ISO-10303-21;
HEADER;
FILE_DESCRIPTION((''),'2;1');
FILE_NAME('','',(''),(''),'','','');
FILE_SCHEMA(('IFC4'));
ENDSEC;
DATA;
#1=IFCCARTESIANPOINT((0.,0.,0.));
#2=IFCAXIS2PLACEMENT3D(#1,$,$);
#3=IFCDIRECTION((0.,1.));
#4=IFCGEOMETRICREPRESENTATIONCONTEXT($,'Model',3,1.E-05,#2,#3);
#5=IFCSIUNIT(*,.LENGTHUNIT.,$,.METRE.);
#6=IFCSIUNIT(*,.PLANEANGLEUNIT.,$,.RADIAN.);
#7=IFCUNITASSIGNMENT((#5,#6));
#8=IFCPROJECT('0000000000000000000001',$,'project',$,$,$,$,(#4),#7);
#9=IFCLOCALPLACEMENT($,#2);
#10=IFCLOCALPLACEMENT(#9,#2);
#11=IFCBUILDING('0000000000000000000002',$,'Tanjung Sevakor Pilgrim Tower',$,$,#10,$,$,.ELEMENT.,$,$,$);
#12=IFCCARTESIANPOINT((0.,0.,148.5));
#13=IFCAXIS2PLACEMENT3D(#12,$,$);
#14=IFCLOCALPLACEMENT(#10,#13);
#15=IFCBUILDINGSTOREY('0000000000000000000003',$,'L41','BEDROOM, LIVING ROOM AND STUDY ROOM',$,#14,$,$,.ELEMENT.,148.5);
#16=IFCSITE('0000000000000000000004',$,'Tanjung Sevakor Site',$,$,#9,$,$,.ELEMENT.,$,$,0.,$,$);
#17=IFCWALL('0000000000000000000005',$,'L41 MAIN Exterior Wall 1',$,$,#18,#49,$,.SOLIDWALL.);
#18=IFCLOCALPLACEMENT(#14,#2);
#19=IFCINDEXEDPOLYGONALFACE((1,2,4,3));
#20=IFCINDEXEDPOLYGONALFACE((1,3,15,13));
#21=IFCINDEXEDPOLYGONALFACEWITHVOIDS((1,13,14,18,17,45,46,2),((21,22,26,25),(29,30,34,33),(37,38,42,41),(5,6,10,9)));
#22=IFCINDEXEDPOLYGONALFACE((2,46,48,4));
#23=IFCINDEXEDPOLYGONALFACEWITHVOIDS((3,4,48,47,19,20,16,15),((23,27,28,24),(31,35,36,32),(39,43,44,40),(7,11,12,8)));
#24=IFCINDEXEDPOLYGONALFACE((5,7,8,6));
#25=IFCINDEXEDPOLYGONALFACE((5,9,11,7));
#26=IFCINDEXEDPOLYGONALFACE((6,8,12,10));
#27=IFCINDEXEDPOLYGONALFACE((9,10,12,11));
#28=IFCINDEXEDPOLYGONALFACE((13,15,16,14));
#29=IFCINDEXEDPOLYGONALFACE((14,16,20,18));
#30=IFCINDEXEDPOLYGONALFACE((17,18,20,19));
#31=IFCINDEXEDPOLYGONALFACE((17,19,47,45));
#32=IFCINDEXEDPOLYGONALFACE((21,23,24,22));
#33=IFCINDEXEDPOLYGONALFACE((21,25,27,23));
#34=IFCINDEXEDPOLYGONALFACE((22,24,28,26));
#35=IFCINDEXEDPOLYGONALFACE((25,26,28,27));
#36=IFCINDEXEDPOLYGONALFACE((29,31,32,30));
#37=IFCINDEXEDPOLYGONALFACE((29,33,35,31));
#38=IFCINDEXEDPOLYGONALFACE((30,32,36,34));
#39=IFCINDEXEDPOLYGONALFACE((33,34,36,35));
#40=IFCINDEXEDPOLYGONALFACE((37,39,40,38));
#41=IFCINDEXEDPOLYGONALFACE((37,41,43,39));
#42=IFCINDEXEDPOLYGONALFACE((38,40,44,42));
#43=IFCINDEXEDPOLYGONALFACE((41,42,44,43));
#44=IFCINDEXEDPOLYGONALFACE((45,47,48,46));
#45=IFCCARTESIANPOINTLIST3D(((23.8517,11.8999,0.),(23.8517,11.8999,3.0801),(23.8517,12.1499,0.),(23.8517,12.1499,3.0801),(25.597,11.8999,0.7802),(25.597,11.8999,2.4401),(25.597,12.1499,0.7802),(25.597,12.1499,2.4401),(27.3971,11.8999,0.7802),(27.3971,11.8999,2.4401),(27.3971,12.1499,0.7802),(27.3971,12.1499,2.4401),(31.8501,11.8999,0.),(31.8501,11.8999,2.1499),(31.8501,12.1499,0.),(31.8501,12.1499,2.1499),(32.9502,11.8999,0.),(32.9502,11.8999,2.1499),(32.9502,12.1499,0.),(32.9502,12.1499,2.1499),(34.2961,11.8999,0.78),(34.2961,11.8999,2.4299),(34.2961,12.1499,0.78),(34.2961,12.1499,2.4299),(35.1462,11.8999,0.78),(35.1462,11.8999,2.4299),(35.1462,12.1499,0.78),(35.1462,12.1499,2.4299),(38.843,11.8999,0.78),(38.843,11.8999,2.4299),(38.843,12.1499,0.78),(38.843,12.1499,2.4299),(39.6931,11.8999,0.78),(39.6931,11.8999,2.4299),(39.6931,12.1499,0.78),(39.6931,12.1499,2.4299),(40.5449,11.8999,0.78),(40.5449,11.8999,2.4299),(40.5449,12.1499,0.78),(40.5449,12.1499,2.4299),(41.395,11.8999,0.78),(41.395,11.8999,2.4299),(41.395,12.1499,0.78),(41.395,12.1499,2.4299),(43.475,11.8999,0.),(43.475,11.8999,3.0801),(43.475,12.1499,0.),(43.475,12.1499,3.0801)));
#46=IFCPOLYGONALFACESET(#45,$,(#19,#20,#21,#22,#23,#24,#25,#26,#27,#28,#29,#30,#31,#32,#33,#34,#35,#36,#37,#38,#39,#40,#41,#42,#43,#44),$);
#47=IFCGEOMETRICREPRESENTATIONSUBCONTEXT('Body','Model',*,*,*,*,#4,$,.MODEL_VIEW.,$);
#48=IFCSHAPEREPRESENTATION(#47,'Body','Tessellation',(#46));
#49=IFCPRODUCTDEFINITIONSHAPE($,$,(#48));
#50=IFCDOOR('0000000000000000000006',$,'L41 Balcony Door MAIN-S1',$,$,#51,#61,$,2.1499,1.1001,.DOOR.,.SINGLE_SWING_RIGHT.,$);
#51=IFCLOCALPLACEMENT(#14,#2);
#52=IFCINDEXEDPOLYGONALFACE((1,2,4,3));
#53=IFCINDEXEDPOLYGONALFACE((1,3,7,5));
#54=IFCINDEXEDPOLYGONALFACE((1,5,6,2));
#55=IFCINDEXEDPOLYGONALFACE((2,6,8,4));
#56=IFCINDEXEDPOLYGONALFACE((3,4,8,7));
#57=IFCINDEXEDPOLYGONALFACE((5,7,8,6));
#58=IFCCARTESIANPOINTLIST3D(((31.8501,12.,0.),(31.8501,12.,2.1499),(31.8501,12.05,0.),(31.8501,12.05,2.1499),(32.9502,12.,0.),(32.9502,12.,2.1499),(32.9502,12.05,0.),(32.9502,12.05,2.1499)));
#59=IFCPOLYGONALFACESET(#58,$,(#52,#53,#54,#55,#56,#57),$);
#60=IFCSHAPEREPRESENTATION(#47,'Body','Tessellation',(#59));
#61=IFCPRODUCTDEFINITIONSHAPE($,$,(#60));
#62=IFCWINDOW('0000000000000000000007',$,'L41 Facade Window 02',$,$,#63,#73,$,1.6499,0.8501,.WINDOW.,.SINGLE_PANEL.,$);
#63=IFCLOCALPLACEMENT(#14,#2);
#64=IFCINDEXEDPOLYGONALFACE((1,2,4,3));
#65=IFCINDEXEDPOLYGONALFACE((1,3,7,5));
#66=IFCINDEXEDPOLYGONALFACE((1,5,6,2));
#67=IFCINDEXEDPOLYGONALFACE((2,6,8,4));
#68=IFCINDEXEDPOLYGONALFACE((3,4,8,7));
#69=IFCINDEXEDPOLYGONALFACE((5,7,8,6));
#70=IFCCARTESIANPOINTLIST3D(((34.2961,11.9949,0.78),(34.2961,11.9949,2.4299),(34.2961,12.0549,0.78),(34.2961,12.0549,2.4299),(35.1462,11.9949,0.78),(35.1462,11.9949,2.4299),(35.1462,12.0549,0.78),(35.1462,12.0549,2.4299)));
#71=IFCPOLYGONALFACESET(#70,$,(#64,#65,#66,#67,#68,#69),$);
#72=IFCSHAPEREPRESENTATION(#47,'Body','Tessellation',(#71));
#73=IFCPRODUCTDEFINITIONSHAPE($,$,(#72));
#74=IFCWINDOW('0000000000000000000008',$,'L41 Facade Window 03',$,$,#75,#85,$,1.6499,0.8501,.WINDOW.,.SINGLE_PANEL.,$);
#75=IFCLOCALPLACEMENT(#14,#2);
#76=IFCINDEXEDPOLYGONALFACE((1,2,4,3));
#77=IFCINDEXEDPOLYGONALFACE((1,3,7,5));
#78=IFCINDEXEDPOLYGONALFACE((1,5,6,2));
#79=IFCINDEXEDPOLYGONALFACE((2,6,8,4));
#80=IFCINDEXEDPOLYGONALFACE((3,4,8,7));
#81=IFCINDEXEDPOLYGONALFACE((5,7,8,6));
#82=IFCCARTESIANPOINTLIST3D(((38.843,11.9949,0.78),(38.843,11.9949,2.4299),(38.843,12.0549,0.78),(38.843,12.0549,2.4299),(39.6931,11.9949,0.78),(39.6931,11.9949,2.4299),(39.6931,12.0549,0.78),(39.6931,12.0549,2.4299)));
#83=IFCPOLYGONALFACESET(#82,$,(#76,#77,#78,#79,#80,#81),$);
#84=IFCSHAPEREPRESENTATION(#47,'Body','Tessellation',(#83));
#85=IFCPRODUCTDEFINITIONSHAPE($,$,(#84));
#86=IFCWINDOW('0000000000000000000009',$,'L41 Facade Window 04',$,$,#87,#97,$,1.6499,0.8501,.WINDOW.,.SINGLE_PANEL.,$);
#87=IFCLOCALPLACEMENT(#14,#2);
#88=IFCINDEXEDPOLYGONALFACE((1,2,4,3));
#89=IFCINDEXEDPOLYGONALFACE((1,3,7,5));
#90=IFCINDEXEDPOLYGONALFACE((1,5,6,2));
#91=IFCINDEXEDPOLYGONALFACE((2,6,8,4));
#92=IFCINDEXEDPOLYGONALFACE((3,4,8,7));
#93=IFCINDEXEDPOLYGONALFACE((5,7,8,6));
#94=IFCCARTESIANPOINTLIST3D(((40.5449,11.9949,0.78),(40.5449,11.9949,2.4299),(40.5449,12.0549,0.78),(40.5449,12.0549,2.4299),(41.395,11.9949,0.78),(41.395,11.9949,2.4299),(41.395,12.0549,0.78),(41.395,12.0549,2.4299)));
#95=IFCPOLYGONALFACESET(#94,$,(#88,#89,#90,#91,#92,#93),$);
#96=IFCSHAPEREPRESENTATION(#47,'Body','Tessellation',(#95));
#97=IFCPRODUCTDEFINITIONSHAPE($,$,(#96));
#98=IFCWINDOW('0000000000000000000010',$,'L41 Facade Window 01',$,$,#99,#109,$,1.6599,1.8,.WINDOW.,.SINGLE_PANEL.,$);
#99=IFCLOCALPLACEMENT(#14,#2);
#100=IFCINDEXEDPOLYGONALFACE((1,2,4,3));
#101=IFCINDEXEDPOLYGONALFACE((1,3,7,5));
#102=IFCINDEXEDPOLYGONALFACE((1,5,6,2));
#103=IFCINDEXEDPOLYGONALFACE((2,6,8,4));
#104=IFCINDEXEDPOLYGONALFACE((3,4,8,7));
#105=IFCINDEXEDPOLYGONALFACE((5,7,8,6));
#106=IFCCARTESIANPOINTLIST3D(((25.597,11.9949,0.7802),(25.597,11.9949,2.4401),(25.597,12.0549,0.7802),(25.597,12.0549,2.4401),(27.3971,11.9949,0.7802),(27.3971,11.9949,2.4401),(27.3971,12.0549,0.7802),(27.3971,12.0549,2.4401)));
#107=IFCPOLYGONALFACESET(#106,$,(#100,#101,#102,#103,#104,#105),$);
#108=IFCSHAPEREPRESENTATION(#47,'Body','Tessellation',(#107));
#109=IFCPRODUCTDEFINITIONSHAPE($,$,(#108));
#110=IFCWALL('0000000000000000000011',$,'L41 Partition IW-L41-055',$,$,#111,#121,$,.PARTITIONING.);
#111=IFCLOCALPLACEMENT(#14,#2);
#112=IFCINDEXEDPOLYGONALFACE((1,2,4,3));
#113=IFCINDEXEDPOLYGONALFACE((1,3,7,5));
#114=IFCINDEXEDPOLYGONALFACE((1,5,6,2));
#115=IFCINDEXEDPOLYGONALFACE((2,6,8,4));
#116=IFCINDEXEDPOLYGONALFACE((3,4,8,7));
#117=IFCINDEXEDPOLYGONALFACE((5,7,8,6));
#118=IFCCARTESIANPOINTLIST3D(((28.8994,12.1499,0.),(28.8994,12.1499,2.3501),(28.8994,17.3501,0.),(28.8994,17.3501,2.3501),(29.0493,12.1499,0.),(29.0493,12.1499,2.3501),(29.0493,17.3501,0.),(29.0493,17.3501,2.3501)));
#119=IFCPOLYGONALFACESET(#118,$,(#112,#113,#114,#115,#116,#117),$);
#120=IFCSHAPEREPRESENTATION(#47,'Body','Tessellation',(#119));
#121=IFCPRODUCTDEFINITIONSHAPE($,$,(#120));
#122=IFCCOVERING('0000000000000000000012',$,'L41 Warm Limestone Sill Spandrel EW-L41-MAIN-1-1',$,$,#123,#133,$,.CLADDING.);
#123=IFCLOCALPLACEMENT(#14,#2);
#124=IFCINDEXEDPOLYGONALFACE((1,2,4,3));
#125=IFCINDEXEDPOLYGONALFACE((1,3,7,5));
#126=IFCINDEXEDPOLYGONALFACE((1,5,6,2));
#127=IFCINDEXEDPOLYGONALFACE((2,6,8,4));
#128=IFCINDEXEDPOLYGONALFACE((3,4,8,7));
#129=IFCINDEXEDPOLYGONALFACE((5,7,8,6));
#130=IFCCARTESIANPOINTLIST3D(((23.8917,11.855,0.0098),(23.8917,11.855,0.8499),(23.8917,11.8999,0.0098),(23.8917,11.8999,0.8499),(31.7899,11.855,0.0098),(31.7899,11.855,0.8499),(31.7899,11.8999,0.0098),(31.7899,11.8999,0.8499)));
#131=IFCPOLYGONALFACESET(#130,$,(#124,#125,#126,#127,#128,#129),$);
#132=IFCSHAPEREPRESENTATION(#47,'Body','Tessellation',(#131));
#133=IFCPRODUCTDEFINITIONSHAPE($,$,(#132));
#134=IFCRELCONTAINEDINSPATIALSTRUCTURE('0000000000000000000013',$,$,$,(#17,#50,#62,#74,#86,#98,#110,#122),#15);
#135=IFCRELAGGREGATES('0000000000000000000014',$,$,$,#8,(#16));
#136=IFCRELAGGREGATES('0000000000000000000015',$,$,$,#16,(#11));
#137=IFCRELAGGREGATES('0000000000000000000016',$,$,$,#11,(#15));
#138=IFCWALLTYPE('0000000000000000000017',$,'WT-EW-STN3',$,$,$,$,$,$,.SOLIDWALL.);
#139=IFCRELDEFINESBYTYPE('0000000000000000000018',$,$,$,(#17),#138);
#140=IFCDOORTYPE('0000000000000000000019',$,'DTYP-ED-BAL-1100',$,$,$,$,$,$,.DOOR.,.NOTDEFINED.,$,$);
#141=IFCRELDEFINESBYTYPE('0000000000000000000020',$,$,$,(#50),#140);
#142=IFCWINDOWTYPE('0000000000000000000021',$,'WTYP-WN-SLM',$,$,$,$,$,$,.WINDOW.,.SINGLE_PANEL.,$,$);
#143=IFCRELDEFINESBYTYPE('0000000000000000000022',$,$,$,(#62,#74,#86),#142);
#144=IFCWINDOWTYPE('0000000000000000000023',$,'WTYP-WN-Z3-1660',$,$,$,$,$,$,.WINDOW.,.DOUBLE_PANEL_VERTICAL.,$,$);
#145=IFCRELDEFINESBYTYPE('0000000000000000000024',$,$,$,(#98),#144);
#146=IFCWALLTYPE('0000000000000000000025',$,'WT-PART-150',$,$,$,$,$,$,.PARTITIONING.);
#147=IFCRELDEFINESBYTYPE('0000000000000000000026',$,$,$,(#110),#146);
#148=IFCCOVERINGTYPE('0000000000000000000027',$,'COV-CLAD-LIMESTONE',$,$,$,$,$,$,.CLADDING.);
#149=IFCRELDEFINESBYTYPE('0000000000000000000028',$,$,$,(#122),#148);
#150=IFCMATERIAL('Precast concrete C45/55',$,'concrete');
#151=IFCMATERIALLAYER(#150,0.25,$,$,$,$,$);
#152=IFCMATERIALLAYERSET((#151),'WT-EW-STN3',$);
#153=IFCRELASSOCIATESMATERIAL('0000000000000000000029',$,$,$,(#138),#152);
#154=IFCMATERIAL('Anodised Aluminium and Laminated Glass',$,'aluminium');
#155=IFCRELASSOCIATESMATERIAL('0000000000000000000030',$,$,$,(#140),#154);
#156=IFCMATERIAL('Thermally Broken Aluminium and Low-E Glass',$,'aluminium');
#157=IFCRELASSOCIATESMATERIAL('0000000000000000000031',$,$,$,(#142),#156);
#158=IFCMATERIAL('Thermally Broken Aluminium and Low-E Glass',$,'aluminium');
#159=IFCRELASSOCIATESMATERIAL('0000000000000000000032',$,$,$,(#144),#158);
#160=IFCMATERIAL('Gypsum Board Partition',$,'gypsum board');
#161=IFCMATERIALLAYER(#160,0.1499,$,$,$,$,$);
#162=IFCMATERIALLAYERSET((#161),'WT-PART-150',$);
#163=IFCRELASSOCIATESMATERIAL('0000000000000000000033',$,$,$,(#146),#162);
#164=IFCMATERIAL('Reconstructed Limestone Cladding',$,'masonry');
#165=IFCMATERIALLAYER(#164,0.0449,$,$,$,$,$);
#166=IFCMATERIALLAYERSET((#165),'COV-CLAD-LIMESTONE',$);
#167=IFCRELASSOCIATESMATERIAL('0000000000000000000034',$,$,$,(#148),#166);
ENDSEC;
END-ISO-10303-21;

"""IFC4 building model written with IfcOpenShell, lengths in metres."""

from ifc_helpers import new_model, si_unit, direction, frame, frame_2d, origin, origin_2d, place, context, subcontext, project, spatial, rectangle, extrude, material, layer, layer_set, type_object, element, fill, save


model = new_model("IFC4")

# Units and contexts
model_context = context("Model", 3, precision=1e-05, world=origin(), true_north=direction((0.0, 1.0)))
body_context = subcontext(model_context, "Body", "Model", "MODEL_VIEW")
ifc_project = project(units=[si_unit("LENGTHUNIT", "METRE"), si_unit("PLANEANGLEUNIT", "RADIAN")], contexts=[model_context])

# Site, building, storey
site_placement = place(None, origin())
site = spatial("IfcSite", under=ifc_project, at=site_placement, Name="Tanjung Sevakor Site", CompositionType="ELEMENT", RefElevation=0.0)
building_placement = place(site_placement, origin())
building = spatial("IfcBuilding", under=site, at=building_placement, Name="Tanjung Sevakor Pilgrim Tower", CompositionType="ELEMENT")
storey_placement = place(building_placement, frame((0.0, 0.0, 148.5)))
storey = spatial("IfcBuildingStorey", under=building, at=storey_placement, Name="L41", Description="BEDROOM, LIVING ROOM AND STUDY ROOM", CompositionType="ELEMENT", Elevation=148.5)

# Wall, openings, door, windows
ifc_material_1 = material(Name="Precast concrete C45/55", Category="concrete")
ifc_layer_1 = layer(ifc_material_1, 0.25)
ifc_layer_set_1 = layer_set([ifc_layer_1], Name="WT-EW-STN3")
wall_type_1 = type_object("IfcWallType", Name="WT-EW-STN3", PredefinedType="SOLIDWALL", material=ifc_layer_set_1)
wall_1_placement = place(storey_placement, frame((23.8518, 12.0249, 0.0), z_axis=(0.0, 0.0, 1.0), x_axis=(1.0, 0.0, 0.0)))
wall_1 = element("IfcWall", 1, at=wall_1_placement, inside=storey, type_object=wall_type_1, Name="L41 MAIN Exterior Wall 1", PredefinedType="SOLIDWALL", context=body_context, shape_type="SweptSolid", body=[
    extrude(rectangle(XDim=19.6233, YDim=0.25, at=frame_2d((9.8115, 0.0))), origin(), (0.0, 0.0, 1.0), 3.0801),
])
opening_1_placement = place(wall_1_placement, frame((7.9983, 0.0, 0.0)))
opening_1 = element("IfcOpeningElement", 2, at=opening_1_placement, cuts=wall_1, PredefinedType="OPENING", context=body_context, shape_type="SweptSolid", body=[
    extrude(rectangle(XDim=1.1001, YDim=2.1499, at=frame_2d((0.55, 1.075))), frame((0.0, 0.135, 0.0), z_axis=(0.0, -1.0, 0.0), x_axis=(1.0, 0.0, 0.0)), (0.0, 0.0, 1.0), 0.27),
])
opening_2_placement = place(wall_1_placement, frame((1.7454, 0.0, 0.78)))
opening_2 = element("IfcOpeningElement", 3, at=opening_2_placement, cuts=wall_1, PredefinedType="OPENING", context=body_context, shape_type="SweptSolid", body=[
    extrude(rectangle(XDim=1.8, YDim=1.6599, at=frame_2d((0.8999, 0.8301))), frame((0.0, 0.135, 0.0), z_axis=(0.0, -1.0, 0.0), x_axis=(1.0, 0.0, 0.0)), (0.0, 0.0, 1.0), 0.27),
])
opening_3_placement = place(wall_1_placement, frame((10.4443, 0.0, 0.78)))
opening_3 = element("IfcOpeningElement", 4, at=opening_3_placement, cuts=wall_1, PredefinedType="OPENING", context=body_context, shape_type="SweptSolid", body=[
    extrude(rectangle(XDim=0.8501, YDim=1.6499, at=frame_2d((0.425, 0.825))), frame((0.0, 0.135, 0.0), z_axis=(0.0, -1.0, 0.0), x_axis=(1.0, 0.0, 0.0)), (0.0, 0.0, 1.0), 0.27),
])
opening_4_placement = place(wall_1_placement, frame((14.9912, 0.0, 0.78)))
opening_4 = element("IfcOpeningElement", 5, at=opening_4_placement, cuts=wall_1, PredefinedType="OPENING", context=body_context, shape_type="SweptSolid", body=[
    extrude(rectangle(XDim=0.8501, YDim=1.6499, at=frame_2d((0.425, 0.825))), frame((0.0, 0.135, 0.0), z_axis=(0.0, -1.0, 0.0), x_axis=(1.0, 0.0, 0.0)), (0.0, 0.0, 1.0), 0.27),
])
opening_5_placement = place(wall_1_placement, frame((16.6931, 0.0, 0.78)))
opening_5 = element("IfcOpeningElement", 6, at=opening_5_placement, cuts=wall_1, PredefinedType="OPENING", context=body_context, shape_type="SweptSolid", body=[
    extrude(rectangle(XDim=0.8501, YDim=1.6499, at=frame_2d((0.425, 0.825))), frame((0.0, 0.135, 0.0), z_axis=(0.0, -1.0, 0.0), x_axis=(1.0, 0.0, 0.0)), (0.0, 0.0, 1.0), 0.27),
])
ifc_material_2 = material(Name="Anodised Aluminium and Laminated Glass", Category="aluminium")
door_type = type_object("IfcDoorType", Name="DTYP-ED-BAL-1100", OperationType="NOTDEFINED", PredefinedType="DOOR", material=ifc_material_2)
door_placement = place(opening_1_placement, frame((1.1001, 0.0, 0.0), z_axis=(0.0, 0.0, 1.0), x_axis=(-1.0, 0.0, 0.0)))
door = element("IfcDoor", 7, at=door_placement, inside=storey, type_object=door_type, Name="L41 Balcony Door MAIN-S1", OperationType="SINGLE_SWING_RIGHT", OverallHeight=2.1499, OverallWidth=1.1001, PredefinedType="DOOR", context=body_context, shape_type="SweptSolid", body=[
    extrude(rectangle(XDim=1.1001, YDim=2.1499, at=frame_2d((0.55, 1.075))), frame((0.0, 0.0249, 0.0), z_axis=(0.0, -1.0, 0.0), x_axis=(1.0, 0.0, 0.0)), (0.0, 0.0, 1.0), 0.05),
])
fill(opening_1, door)
ifc_material_3 = material(Name="Thermally Broken Aluminium and Low-E Glass", Category="aluminium")
window_type_1 = type_object("IfcWindowType", Name="WTYP-WN-SLM", PartitioningType="SINGLE_PANEL", PredefinedType="WINDOW", material=ifc_material_3)
window_1_placement = place(opening_3_placement, origin())
window_1 = element("IfcWindow", 8, at=window_1_placement, inside=storey, type_object=window_type_1, Name="L41 Facade Window 02", OverallHeight=1.6499, OverallWidth=0.8501, PartitioningType="SINGLE_PANEL", PredefinedType="WINDOW", context=body_context, shape_type="SweptSolid", body=[
    extrude(rectangle(XDim=0.8501, YDim=1.6499, at=frame_2d((0.425, 0.825))), frame((0.0, 0.03, 0.0), z_axis=(0.0, -1.0, 0.0), x_axis=(1.0, 0.0, 0.0)), (0.0, 0.0, 1.0), 0.0601),
])
fill(opening_3, window_1)
window_2_placement = place(opening_4_placement, origin())
window_2 = element("IfcWindow", 9, at=window_2_placement, inside=storey, type_object=window_type_1, Name="L41 Facade Window 03", OverallHeight=1.6499, OverallWidth=0.8501, PartitioningType="SINGLE_PANEL", PredefinedType="WINDOW", context=body_context, shape_type="SweptSolid", body=[
    extrude(rectangle(XDim=0.8501, YDim=1.6499, at=frame_2d((0.425, 0.825))), frame((0.0, 0.03, 0.0), z_axis=(0.0, -1.0, 0.0), x_axis=(1.0, 0.0, 0.0)), (0.0, 0.0, 1.0), 0.0601),
])
fill(opening_4, window_2)
window_3_placement = place(opening_5_placement, origin())
window_3 = element("IfcWindow", 10, at=window_3_placement, inside=storey, type_object=window_type_1, Name="L41 Facade Window 04", OverallHeight=1.6499, OverallWidth=0.8501, PartitioningType="SINGLE_PANEL", PredefinedType="WINDOW", context=body_context, shape_type="SweptSolid", body=[
    extrude(rectangle(XDim=0.8501, YDim=1.6499, at=frame_2d((0.425, 0.825))), frame((0.0, 0.03, 0.0), z_axis=(0.0, -1.0, 0.0), x_axis=(1.0, 0.0, 0.0)), (0.0, 0.0, 1.0), 0.0601),
])
fill(opening_5, window_3)
ifc_material_4 = material(Name="Thermally Broken Aluminium and Low-E Glass", Category="aluminium")
window_type_2 = type_object("IfcWindowType", Name="WTYP-WN-Z3-1660", PartitioningType="DOUBLE_PANEL_VERTICAL", PredefinedType="WINDOW", material=ifc_material_4)
window_4_placement = place(opening_2_placement, origin())
window_4 = element("IfcWindow", 11, at=window_4_placement, inside=storey, type_object=window_type_2, Name="L41 Facade Window 01", OverallHeight=1.6599, OverallWidth=1.8, PartitioningType="SINGLE_PANEL", PredefinedType="WINDOW", context=body_context, shape_type="SweptSolid", body=[
    extrude(rectangle(XDim=1.8, YDim=1.6599, at=frame_2d((0.8999, 0.8301))), frame((0.0, 0.03, 0.0), z_axis=(0.0, -1.0, 0.0), x_axis=(1.0, 0.0, 0.0)), (0.0, 0.0, 1.0), 0.0601),
])
fill(opening_2, window_4)

# Wall
ifc_material_5 = material(Name="Gypsum Board Partition", Category="gypsum board")
ifc_layer_2 = layer(ifc_material_5, 0.1499)
ifc_layer_set_2 = layer_set([ifc_layer_2], Name="WT-PART-150")
wall_type_2 = type_object("IfcWallType", Name="WT-PART-150", PredefinedType="PARTITIONING", material=ifc_layer_set_2)
wall_2_placement = place(storey_placement, frame((28.9744, 12.1499, 0.0), z_axis=(0.0, 0.0, 1.0), x_axis=(0.0, 1.0, 0.0)))
element("IfcWall", 12, at=wall_2_placement, inside=storey, type_object=wall_type_2, Name="L41 Partition IW-L41-055", PredefinedType="PARTITIONING", context=body_context, shape_type="SweptSolid", body=[
    extrude(rectangle(XDim=5.2002, YDim=0.1499, at=frame_2d((2.6001, 0.0))), origin(), (0.0, 0.0, 1.0), 2.3501),
])

# Covering
ifc_material_6 = material(Name="Reconstructed Limestone Cladding", Category="masonry")
ifc_layer_3 = layer(ifc_material_6, 0.0449)
ifc_layer_set_3 = layer_set([ifc_layer_3], Name="COV-CLAD-LIMESTONE")
covering_type = type_object("IfcCoveringType", Name="COV-CLAD-LIMESTONE", PredefinedType="CLADDING", material=ifc_layer_set_3)
covering_placement = place(storey_placement, frame((27.8408, 11.8774, 0.0098), z_axis=(0.0, 0.0, 1.0), x_axis=(1.0, 0.0, 0.0)))
element("IfcCovering", 13, at=covering_placement, inside=storey, type_object=covering_type, Name="L41 Warm Limestone Sill Spandrel EW-L41-MAIN-1-1", PredefinedType="CLADDING", context=body_context, shape_type="SweptSolid", body=[
    extrude(rectangle(XDim=7.8982, YDim=0.0449, at=origin_2d()), origin(), (0.0, 0.0, 1.0), 0.8401),
])

save(model, "model.ifc")
